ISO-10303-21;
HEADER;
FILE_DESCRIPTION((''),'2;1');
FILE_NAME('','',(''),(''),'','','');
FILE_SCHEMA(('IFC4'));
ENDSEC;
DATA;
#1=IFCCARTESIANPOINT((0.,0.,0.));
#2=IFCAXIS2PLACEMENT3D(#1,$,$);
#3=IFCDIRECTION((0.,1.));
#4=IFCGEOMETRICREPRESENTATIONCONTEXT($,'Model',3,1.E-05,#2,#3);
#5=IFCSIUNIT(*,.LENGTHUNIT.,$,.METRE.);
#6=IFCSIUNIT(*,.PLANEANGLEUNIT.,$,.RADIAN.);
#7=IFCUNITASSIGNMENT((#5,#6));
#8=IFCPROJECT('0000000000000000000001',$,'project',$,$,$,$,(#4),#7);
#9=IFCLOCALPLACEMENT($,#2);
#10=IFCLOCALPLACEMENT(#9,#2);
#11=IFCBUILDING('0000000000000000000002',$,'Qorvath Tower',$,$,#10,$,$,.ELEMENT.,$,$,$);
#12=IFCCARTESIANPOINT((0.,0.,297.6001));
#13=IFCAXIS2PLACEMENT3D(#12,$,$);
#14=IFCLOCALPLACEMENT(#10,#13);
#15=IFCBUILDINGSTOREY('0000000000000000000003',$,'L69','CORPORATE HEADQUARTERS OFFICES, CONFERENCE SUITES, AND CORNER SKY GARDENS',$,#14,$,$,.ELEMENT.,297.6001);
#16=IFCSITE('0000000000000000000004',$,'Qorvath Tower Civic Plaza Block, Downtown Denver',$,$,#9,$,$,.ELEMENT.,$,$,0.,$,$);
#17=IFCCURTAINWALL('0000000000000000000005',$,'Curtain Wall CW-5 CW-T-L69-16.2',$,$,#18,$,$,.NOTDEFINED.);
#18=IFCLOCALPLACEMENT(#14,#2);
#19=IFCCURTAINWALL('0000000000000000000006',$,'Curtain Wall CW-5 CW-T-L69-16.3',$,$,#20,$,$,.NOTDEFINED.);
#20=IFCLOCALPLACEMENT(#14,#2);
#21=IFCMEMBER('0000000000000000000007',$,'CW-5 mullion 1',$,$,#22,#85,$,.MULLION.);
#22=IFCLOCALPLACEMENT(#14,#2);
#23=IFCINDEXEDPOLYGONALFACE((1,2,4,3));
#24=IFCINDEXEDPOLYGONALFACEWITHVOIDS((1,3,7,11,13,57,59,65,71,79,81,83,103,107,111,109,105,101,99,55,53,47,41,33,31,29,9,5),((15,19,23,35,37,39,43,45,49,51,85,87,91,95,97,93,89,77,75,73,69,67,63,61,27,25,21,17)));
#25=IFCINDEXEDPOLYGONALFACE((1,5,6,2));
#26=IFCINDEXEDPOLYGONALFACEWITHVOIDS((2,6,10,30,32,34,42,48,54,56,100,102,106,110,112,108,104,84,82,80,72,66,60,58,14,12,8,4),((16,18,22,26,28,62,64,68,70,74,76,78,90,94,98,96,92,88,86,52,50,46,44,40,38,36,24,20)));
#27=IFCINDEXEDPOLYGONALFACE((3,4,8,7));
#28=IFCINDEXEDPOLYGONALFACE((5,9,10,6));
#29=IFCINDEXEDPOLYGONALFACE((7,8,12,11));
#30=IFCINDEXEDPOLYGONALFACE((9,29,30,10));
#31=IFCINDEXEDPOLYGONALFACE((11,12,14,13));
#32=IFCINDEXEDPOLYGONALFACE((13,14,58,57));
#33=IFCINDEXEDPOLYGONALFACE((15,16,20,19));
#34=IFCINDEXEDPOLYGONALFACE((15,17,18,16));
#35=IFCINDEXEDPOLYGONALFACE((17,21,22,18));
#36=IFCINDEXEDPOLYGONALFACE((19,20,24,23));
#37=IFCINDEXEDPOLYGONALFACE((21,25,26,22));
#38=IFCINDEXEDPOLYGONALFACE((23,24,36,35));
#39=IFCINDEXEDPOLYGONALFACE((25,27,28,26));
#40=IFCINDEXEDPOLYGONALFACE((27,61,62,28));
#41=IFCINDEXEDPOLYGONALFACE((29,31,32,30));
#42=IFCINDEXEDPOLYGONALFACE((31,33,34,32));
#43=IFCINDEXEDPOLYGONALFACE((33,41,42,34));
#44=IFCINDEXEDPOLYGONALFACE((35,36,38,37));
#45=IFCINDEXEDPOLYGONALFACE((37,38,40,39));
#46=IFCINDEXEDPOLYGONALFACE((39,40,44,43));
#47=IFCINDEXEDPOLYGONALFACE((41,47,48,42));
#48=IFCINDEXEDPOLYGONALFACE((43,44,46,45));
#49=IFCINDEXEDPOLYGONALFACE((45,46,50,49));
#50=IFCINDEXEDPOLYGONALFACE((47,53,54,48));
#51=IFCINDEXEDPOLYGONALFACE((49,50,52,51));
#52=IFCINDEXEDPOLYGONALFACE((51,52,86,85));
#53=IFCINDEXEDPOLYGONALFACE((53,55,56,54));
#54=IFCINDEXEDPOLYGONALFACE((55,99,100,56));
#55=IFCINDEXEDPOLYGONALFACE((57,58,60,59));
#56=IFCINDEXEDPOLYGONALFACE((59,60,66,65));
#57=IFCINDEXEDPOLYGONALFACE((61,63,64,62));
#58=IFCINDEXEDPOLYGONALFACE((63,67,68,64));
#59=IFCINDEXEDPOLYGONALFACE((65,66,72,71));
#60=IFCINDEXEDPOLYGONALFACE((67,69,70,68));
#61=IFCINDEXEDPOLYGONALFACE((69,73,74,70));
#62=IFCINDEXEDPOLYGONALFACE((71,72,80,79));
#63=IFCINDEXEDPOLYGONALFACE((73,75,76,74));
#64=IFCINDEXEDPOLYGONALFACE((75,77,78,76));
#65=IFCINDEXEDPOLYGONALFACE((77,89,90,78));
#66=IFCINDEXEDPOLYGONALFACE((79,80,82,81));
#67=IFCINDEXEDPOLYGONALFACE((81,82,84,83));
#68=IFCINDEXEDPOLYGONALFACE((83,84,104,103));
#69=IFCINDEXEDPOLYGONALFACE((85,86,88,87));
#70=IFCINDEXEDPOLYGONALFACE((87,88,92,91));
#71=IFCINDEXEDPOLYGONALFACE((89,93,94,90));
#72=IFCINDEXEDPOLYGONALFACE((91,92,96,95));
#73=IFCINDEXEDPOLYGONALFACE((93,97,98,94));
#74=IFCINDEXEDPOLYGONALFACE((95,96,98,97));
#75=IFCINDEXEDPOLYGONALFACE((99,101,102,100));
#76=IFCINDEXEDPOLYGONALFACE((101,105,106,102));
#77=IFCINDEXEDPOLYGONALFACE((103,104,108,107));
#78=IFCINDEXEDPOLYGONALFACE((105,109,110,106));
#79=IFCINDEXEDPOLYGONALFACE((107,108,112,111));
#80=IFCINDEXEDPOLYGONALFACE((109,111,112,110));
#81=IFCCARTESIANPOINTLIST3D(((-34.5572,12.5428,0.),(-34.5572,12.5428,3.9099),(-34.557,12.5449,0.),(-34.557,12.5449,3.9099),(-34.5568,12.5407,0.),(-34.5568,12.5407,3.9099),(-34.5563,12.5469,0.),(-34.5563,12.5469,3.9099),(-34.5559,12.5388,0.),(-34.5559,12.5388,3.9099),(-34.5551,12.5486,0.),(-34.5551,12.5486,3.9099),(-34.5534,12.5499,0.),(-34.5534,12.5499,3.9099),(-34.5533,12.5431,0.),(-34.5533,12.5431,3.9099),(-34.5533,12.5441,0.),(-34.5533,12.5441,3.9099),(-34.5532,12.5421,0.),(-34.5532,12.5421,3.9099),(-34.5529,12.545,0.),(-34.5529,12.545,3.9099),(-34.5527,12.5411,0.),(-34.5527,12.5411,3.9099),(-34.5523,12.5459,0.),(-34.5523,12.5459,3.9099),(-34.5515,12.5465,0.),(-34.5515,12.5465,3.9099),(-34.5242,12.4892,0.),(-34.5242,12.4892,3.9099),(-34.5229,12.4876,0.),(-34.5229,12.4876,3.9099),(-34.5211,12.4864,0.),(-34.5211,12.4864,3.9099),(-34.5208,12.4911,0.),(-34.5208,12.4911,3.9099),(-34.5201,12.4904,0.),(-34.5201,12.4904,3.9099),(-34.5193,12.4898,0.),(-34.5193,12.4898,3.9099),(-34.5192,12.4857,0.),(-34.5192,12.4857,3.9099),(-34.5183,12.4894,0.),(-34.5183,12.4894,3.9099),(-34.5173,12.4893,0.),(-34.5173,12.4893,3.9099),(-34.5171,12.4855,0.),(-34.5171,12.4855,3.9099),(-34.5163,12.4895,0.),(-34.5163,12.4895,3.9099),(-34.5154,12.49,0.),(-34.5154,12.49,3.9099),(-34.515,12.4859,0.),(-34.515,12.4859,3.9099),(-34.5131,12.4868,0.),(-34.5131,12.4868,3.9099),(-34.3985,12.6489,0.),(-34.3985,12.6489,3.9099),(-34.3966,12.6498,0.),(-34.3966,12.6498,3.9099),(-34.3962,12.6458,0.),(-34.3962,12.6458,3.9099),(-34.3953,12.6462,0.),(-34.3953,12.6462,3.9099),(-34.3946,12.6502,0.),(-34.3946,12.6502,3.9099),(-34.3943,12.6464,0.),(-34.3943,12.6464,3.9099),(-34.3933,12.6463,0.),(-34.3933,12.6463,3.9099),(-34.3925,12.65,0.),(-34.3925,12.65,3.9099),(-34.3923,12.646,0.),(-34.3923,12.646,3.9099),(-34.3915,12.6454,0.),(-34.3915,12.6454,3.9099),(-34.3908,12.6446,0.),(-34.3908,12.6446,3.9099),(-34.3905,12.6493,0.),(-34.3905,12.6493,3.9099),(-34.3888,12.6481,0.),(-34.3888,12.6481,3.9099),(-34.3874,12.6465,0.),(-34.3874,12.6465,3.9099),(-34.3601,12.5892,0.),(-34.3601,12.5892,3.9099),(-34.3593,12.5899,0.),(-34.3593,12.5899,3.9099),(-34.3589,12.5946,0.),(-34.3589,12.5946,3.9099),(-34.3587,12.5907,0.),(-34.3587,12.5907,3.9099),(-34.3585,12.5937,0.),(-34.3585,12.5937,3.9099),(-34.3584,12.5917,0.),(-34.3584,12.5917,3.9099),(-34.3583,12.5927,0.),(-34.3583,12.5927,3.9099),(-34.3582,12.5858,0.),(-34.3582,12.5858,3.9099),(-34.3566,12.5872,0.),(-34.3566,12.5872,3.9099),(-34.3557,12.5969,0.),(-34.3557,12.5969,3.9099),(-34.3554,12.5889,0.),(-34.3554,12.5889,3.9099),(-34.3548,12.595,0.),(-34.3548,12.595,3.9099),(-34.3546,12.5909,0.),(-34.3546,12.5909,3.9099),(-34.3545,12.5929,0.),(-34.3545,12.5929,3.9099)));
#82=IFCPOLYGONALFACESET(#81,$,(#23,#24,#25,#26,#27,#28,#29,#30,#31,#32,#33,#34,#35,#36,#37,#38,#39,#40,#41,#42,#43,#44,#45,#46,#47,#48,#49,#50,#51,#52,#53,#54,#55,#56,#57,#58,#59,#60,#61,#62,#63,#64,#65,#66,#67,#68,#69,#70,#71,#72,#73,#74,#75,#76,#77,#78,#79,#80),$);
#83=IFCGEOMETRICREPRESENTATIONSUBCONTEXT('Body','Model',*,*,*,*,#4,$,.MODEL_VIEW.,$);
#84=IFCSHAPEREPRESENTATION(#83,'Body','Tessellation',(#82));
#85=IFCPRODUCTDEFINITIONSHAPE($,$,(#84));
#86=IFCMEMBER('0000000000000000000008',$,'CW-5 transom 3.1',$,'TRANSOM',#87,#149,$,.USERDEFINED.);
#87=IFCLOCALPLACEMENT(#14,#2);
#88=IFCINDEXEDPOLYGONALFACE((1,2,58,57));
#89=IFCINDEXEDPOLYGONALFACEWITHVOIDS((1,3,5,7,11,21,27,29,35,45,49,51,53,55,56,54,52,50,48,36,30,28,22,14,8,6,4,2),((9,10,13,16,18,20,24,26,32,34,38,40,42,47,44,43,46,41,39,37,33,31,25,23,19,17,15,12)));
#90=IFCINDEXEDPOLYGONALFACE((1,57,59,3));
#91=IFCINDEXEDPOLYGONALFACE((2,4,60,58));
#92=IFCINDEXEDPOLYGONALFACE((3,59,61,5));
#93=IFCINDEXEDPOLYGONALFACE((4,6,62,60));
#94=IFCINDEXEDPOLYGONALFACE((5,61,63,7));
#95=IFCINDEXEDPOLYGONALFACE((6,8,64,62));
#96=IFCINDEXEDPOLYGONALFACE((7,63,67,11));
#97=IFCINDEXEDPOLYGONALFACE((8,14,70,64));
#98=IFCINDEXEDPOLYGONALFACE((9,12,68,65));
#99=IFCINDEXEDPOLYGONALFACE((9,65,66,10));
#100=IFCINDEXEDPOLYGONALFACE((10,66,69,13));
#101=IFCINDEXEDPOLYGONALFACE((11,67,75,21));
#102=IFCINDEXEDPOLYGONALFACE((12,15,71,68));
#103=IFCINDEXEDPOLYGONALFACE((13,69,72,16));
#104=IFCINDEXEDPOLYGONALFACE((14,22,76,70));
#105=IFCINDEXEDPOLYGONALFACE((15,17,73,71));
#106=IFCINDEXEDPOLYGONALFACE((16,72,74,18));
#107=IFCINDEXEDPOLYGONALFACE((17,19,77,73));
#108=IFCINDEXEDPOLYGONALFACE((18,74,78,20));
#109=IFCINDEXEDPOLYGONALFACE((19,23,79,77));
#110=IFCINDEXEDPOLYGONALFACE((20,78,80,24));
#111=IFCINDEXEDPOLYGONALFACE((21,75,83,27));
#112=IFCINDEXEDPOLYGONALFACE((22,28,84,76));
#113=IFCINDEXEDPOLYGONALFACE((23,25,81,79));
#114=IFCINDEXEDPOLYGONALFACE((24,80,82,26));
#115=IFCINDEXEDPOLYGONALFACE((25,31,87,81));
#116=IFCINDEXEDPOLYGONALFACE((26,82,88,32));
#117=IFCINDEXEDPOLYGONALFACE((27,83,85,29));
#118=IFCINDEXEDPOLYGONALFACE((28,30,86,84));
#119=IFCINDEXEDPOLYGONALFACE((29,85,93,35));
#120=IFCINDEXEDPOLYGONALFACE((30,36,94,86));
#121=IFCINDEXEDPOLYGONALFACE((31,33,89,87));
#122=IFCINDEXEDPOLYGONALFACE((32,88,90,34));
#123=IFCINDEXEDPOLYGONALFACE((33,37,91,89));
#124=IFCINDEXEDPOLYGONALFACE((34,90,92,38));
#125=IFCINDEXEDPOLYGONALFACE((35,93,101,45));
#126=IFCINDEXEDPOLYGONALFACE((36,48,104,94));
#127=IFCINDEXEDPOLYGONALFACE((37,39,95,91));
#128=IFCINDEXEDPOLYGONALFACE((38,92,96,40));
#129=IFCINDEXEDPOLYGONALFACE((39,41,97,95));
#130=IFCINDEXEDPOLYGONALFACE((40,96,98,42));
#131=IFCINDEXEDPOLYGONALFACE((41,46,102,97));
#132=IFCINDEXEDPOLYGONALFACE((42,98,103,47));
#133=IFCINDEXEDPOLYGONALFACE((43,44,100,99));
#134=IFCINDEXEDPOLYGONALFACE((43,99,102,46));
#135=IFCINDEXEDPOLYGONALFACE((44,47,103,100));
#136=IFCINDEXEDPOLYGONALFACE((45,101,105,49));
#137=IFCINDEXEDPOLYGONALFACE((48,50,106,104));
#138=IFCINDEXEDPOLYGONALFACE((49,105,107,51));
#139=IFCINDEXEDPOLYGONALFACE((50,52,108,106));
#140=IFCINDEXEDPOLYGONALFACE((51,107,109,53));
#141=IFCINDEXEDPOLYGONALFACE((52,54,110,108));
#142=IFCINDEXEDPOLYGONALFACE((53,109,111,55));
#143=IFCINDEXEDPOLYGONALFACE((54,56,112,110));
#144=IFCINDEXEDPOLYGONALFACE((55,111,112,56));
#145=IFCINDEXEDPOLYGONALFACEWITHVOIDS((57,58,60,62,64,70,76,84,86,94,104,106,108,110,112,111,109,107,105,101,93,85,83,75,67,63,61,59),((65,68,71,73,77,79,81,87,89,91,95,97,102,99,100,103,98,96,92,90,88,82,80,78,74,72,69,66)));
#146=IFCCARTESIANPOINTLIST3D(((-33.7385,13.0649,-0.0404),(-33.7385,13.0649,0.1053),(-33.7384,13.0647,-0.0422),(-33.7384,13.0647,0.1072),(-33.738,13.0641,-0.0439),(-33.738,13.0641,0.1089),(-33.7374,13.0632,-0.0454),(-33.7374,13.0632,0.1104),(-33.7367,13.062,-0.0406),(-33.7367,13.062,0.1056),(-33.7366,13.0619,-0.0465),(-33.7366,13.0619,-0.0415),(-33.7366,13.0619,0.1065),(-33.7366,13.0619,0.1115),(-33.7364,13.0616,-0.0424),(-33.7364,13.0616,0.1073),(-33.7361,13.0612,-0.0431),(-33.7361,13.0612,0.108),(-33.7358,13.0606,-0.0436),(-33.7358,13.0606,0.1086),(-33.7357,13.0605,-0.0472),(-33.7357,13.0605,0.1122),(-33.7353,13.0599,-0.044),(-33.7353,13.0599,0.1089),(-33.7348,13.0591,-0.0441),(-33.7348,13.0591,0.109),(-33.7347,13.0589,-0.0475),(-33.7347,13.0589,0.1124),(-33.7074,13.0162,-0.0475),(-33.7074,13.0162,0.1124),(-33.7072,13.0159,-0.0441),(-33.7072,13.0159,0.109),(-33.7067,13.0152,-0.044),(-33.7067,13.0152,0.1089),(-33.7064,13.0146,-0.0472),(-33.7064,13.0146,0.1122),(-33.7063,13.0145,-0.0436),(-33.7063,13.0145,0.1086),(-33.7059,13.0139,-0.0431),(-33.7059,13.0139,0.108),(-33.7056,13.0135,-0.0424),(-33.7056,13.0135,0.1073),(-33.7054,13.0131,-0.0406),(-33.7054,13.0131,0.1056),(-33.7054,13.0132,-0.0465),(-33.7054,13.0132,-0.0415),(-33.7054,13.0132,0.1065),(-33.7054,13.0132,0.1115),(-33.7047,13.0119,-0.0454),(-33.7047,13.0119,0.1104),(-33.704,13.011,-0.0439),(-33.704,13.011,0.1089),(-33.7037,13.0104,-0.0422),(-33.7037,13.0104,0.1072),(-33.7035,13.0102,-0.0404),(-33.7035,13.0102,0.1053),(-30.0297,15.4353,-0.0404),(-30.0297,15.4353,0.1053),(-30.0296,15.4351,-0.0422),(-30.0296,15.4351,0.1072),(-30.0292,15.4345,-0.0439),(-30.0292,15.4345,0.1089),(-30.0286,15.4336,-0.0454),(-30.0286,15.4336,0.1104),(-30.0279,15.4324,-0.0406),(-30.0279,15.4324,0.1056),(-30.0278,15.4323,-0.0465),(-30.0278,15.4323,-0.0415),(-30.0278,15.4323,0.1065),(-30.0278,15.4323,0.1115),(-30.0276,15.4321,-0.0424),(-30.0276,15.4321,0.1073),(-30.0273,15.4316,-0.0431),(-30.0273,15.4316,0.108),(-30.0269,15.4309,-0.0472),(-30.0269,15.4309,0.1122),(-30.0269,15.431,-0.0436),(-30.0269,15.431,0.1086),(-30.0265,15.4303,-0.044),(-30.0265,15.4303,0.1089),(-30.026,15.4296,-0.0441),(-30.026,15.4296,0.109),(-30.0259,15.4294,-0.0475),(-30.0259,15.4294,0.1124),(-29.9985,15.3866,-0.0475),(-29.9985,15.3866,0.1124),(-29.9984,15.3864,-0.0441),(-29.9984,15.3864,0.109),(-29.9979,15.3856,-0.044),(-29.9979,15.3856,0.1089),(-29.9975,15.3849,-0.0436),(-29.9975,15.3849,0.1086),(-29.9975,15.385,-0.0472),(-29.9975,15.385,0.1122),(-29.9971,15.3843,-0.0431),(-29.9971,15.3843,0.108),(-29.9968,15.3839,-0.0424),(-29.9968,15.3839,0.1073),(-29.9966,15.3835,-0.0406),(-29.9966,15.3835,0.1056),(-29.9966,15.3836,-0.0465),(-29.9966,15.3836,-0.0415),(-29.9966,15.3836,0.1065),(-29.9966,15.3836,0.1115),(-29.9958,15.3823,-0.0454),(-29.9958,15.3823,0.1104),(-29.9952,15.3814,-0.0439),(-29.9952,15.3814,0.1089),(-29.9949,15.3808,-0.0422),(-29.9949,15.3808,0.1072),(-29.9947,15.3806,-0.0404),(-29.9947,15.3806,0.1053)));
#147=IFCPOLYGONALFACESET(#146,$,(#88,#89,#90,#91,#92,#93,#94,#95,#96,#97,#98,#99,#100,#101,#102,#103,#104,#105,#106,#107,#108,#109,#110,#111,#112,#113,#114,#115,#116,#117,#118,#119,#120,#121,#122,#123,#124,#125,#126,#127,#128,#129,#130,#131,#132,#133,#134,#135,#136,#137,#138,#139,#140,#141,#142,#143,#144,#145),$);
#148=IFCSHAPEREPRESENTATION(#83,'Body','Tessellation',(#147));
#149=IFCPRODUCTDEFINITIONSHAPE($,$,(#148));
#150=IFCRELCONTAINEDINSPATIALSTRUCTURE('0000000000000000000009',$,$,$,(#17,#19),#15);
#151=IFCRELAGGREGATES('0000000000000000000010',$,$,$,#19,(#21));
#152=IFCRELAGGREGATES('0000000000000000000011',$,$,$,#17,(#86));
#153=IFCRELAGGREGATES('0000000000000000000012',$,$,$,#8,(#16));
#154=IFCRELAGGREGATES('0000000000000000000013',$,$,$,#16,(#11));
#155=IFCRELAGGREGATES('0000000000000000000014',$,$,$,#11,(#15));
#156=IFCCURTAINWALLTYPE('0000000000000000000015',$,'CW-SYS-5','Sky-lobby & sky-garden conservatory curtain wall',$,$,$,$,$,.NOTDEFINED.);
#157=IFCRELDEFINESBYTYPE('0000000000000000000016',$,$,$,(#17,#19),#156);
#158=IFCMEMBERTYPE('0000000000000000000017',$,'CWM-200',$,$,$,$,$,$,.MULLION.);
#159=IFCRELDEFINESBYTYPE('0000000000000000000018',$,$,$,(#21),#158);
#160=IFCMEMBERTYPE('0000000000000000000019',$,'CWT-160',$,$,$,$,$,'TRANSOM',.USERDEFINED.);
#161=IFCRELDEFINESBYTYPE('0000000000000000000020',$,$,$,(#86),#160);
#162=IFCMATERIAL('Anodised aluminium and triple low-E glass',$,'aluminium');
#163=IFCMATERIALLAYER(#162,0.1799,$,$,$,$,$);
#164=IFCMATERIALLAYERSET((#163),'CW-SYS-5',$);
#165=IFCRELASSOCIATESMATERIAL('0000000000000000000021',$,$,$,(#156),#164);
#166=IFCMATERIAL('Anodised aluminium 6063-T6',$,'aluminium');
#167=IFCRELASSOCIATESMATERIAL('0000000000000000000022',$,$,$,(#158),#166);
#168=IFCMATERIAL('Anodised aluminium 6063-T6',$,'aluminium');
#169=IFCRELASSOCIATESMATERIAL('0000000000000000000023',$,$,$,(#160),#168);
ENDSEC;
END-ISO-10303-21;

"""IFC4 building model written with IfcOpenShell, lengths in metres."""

from ifc_helpers import new_model, si_unit, direction, frame, origin, origin_2d, place, context, subcontext, project, spatial, hollow_rectangle, extrude, material, layer, layer_set, material_profile, profile_set, type_object, element, aggregate, save


model = new_model("IFC4")

# Units and contexts
model_context = context("Model", 3, precision=1e-05, world=origin(), true_north=direction((0.0, 1.0)))
body_context = subcontext(model_context, "Body", "Model", "MODEL_VIEW")
ifc_project = project(units=[si_unit("LENGTHUNIT", "METRE"), si_unit("PLANEANGLEUNIT", "RADIAN")], contexts=[model_context])

# Site, building, storey
site_placement = place(None, origin())
site = spatial("IfcSite", under=ifc_project, at=site_placement, Name="Qorvath Tower Civic Plaza Block, Downtown Denver", CompositionType="ELEMENT", RefElevation=0.0)
building_placement = place(site_placement, origin())
building = spatial("IfcBuilding", under=site, at=building_placement, Name="Qorvath Tower", CompositionType="ELEMENT")
storey_placement = place(building_placement, frame((0.0, 0.0, 297.6001)))
storey = spatial("IfcBuildingStorey", under=building, at=storey_placement, Name="L69", Description="CORPORATE HEADQUARTERS OFFICES, CONFERENCE SUITES, AND CORNER SKY GARDENS", CompositionType="ELEMENT", Elevation=297.6001)

# Curtain walls, member
ifc_material_1 = material(Name="Anodised aluminium and triple low-E glass", Category="aluminium")
ifc_layer_1 = layer(ifc_material_1, 0.1799)
ifc_layer_set_1 = layer_set([ifc_layer_1], Name="CW-SYS-5")
curtain_wall_type = type_object("IfcCurtainWallType", Name="CW-SYS-5", Description="Sky-lobby & sky-garden conservatory curtain wall", PredefinedType="NOTDEFINED", material=ifc_layer_set_1)
curtain_wall_1_placement = place(storey_placement, origin())
curtain_wall_1 = element("IfcCurtainWall", 1, at=curtain_wall_1_placement, inside=storey, type_object=curtain_wall_type, Name="Curtain Wall CW-5 CW-T-L69-16.2", PredefinedType="NOTDEFINED")
ifc_material_2 = material(Name="Anodised aluminium 6063-T6", Category="aluminium")
ifc_material_profile_1 = material_profile(ifc_material_2, hollow_rectangle(XDim=0.075, YDim=0.2, WallThickness=0.0039, InnerFilletRadius=0.0039, OuterFilletRadius=0.0081, at=origin_2d()), Name="CWM 200x75")
ifc_profile_set_1 = profile_set([ifc_material_profile_1], Name="Anodised aluminium 6063-T6")
member_type_1 = type_object("IfcMemberType", Name="CWM-200", PredefinedType="MULLION", material=ifc_profile_set_1)
curtain_wall_2_placement = place(storey_placement, origin())
curtain_wall_2 = element("IfcCurtainWall", 2, at=curtain_wall_2_placement, inside=storey, type_object=curtain_wall_type, Name="Curtain Wall CW-5 CW-T-L69-16.3", PredefinedType="NOTDEFINED")
member_1_placement = place(storey_placement, frame((-34.4558, 12.5679, 0.0), z_axis=(0.0, 0.0, 1.0), x_axis=(0.538537, -0.842602, 0.0)))
member_1 = element("IfcMember", 3, at=member_1_placement, type_object=member_type_1, Name="CW-5 mullion 1", PredefinedType="MULLION", context=body_context, shape_type="SweptSolid", body=[
    extrude(hollow_rectangle(XDim=0.075, YDim=0.2, WallThickness=0.0039, InnerFilletRadius=0.0039, OuterFilletRadius=0.0081, at=origin_2d()), origin(), (0.0, 0.0, 1.0), 3.9099),
])

# Member
ifc_material_3 = material(Name="Anodised aluminium 6063-T6", Category="aluminium")
ifc_material_profile_2 = material_profile(ifc_material_3, hollow_rectangle(XDim=0.0649, YDim=0.1599, WallThickness=0.0034, InnerFilletRadius=0.0034, OuterFilletRadius=0.0071, at=origin_2d()), Name="CWT 160x65")
ifc_profile_set_2 = profile_set([ifc_material_profile_2], Name="Anodised aluminium 6063-T6")
member_type_2 = type_object("IfcMemberType", Name="CWT-160", ElementType="TRANSOM", PredefinedType="USERDEFINED", material=ifc_profile_set_2)
member_2_placement = place(storey_placement, frame((-30.0122, 15.408, 0.0325), z_axis=(-0.842605, -0.538533, 0.0), x_axis=(0.538533, -0.842605, 0.0)))
member_2 = element("IfcMember", 4, at=member_2_placement, type_object=member_type_2, Name="CW-5 transom 3.1", ObjectType="TRANSOM", PredefinedType="USERDEFINED", context=body_context, shape_type="SweptSolid", body=[
    extrude(hollow_rectangle(XDim=0.0649, YDim=0.1599, WallThickness=0.0034, InnerFilletRadius=0.0034, OuterFilletRadius=0.0071, at=origin_2d()), origin(), (0.0, 0.0, 1.0), 4.4016),
])
aggregate(curtain_wall_2, [member_1])

aggregate(curtain_wall_1, [member_2])

save(model, "model.ifc")
